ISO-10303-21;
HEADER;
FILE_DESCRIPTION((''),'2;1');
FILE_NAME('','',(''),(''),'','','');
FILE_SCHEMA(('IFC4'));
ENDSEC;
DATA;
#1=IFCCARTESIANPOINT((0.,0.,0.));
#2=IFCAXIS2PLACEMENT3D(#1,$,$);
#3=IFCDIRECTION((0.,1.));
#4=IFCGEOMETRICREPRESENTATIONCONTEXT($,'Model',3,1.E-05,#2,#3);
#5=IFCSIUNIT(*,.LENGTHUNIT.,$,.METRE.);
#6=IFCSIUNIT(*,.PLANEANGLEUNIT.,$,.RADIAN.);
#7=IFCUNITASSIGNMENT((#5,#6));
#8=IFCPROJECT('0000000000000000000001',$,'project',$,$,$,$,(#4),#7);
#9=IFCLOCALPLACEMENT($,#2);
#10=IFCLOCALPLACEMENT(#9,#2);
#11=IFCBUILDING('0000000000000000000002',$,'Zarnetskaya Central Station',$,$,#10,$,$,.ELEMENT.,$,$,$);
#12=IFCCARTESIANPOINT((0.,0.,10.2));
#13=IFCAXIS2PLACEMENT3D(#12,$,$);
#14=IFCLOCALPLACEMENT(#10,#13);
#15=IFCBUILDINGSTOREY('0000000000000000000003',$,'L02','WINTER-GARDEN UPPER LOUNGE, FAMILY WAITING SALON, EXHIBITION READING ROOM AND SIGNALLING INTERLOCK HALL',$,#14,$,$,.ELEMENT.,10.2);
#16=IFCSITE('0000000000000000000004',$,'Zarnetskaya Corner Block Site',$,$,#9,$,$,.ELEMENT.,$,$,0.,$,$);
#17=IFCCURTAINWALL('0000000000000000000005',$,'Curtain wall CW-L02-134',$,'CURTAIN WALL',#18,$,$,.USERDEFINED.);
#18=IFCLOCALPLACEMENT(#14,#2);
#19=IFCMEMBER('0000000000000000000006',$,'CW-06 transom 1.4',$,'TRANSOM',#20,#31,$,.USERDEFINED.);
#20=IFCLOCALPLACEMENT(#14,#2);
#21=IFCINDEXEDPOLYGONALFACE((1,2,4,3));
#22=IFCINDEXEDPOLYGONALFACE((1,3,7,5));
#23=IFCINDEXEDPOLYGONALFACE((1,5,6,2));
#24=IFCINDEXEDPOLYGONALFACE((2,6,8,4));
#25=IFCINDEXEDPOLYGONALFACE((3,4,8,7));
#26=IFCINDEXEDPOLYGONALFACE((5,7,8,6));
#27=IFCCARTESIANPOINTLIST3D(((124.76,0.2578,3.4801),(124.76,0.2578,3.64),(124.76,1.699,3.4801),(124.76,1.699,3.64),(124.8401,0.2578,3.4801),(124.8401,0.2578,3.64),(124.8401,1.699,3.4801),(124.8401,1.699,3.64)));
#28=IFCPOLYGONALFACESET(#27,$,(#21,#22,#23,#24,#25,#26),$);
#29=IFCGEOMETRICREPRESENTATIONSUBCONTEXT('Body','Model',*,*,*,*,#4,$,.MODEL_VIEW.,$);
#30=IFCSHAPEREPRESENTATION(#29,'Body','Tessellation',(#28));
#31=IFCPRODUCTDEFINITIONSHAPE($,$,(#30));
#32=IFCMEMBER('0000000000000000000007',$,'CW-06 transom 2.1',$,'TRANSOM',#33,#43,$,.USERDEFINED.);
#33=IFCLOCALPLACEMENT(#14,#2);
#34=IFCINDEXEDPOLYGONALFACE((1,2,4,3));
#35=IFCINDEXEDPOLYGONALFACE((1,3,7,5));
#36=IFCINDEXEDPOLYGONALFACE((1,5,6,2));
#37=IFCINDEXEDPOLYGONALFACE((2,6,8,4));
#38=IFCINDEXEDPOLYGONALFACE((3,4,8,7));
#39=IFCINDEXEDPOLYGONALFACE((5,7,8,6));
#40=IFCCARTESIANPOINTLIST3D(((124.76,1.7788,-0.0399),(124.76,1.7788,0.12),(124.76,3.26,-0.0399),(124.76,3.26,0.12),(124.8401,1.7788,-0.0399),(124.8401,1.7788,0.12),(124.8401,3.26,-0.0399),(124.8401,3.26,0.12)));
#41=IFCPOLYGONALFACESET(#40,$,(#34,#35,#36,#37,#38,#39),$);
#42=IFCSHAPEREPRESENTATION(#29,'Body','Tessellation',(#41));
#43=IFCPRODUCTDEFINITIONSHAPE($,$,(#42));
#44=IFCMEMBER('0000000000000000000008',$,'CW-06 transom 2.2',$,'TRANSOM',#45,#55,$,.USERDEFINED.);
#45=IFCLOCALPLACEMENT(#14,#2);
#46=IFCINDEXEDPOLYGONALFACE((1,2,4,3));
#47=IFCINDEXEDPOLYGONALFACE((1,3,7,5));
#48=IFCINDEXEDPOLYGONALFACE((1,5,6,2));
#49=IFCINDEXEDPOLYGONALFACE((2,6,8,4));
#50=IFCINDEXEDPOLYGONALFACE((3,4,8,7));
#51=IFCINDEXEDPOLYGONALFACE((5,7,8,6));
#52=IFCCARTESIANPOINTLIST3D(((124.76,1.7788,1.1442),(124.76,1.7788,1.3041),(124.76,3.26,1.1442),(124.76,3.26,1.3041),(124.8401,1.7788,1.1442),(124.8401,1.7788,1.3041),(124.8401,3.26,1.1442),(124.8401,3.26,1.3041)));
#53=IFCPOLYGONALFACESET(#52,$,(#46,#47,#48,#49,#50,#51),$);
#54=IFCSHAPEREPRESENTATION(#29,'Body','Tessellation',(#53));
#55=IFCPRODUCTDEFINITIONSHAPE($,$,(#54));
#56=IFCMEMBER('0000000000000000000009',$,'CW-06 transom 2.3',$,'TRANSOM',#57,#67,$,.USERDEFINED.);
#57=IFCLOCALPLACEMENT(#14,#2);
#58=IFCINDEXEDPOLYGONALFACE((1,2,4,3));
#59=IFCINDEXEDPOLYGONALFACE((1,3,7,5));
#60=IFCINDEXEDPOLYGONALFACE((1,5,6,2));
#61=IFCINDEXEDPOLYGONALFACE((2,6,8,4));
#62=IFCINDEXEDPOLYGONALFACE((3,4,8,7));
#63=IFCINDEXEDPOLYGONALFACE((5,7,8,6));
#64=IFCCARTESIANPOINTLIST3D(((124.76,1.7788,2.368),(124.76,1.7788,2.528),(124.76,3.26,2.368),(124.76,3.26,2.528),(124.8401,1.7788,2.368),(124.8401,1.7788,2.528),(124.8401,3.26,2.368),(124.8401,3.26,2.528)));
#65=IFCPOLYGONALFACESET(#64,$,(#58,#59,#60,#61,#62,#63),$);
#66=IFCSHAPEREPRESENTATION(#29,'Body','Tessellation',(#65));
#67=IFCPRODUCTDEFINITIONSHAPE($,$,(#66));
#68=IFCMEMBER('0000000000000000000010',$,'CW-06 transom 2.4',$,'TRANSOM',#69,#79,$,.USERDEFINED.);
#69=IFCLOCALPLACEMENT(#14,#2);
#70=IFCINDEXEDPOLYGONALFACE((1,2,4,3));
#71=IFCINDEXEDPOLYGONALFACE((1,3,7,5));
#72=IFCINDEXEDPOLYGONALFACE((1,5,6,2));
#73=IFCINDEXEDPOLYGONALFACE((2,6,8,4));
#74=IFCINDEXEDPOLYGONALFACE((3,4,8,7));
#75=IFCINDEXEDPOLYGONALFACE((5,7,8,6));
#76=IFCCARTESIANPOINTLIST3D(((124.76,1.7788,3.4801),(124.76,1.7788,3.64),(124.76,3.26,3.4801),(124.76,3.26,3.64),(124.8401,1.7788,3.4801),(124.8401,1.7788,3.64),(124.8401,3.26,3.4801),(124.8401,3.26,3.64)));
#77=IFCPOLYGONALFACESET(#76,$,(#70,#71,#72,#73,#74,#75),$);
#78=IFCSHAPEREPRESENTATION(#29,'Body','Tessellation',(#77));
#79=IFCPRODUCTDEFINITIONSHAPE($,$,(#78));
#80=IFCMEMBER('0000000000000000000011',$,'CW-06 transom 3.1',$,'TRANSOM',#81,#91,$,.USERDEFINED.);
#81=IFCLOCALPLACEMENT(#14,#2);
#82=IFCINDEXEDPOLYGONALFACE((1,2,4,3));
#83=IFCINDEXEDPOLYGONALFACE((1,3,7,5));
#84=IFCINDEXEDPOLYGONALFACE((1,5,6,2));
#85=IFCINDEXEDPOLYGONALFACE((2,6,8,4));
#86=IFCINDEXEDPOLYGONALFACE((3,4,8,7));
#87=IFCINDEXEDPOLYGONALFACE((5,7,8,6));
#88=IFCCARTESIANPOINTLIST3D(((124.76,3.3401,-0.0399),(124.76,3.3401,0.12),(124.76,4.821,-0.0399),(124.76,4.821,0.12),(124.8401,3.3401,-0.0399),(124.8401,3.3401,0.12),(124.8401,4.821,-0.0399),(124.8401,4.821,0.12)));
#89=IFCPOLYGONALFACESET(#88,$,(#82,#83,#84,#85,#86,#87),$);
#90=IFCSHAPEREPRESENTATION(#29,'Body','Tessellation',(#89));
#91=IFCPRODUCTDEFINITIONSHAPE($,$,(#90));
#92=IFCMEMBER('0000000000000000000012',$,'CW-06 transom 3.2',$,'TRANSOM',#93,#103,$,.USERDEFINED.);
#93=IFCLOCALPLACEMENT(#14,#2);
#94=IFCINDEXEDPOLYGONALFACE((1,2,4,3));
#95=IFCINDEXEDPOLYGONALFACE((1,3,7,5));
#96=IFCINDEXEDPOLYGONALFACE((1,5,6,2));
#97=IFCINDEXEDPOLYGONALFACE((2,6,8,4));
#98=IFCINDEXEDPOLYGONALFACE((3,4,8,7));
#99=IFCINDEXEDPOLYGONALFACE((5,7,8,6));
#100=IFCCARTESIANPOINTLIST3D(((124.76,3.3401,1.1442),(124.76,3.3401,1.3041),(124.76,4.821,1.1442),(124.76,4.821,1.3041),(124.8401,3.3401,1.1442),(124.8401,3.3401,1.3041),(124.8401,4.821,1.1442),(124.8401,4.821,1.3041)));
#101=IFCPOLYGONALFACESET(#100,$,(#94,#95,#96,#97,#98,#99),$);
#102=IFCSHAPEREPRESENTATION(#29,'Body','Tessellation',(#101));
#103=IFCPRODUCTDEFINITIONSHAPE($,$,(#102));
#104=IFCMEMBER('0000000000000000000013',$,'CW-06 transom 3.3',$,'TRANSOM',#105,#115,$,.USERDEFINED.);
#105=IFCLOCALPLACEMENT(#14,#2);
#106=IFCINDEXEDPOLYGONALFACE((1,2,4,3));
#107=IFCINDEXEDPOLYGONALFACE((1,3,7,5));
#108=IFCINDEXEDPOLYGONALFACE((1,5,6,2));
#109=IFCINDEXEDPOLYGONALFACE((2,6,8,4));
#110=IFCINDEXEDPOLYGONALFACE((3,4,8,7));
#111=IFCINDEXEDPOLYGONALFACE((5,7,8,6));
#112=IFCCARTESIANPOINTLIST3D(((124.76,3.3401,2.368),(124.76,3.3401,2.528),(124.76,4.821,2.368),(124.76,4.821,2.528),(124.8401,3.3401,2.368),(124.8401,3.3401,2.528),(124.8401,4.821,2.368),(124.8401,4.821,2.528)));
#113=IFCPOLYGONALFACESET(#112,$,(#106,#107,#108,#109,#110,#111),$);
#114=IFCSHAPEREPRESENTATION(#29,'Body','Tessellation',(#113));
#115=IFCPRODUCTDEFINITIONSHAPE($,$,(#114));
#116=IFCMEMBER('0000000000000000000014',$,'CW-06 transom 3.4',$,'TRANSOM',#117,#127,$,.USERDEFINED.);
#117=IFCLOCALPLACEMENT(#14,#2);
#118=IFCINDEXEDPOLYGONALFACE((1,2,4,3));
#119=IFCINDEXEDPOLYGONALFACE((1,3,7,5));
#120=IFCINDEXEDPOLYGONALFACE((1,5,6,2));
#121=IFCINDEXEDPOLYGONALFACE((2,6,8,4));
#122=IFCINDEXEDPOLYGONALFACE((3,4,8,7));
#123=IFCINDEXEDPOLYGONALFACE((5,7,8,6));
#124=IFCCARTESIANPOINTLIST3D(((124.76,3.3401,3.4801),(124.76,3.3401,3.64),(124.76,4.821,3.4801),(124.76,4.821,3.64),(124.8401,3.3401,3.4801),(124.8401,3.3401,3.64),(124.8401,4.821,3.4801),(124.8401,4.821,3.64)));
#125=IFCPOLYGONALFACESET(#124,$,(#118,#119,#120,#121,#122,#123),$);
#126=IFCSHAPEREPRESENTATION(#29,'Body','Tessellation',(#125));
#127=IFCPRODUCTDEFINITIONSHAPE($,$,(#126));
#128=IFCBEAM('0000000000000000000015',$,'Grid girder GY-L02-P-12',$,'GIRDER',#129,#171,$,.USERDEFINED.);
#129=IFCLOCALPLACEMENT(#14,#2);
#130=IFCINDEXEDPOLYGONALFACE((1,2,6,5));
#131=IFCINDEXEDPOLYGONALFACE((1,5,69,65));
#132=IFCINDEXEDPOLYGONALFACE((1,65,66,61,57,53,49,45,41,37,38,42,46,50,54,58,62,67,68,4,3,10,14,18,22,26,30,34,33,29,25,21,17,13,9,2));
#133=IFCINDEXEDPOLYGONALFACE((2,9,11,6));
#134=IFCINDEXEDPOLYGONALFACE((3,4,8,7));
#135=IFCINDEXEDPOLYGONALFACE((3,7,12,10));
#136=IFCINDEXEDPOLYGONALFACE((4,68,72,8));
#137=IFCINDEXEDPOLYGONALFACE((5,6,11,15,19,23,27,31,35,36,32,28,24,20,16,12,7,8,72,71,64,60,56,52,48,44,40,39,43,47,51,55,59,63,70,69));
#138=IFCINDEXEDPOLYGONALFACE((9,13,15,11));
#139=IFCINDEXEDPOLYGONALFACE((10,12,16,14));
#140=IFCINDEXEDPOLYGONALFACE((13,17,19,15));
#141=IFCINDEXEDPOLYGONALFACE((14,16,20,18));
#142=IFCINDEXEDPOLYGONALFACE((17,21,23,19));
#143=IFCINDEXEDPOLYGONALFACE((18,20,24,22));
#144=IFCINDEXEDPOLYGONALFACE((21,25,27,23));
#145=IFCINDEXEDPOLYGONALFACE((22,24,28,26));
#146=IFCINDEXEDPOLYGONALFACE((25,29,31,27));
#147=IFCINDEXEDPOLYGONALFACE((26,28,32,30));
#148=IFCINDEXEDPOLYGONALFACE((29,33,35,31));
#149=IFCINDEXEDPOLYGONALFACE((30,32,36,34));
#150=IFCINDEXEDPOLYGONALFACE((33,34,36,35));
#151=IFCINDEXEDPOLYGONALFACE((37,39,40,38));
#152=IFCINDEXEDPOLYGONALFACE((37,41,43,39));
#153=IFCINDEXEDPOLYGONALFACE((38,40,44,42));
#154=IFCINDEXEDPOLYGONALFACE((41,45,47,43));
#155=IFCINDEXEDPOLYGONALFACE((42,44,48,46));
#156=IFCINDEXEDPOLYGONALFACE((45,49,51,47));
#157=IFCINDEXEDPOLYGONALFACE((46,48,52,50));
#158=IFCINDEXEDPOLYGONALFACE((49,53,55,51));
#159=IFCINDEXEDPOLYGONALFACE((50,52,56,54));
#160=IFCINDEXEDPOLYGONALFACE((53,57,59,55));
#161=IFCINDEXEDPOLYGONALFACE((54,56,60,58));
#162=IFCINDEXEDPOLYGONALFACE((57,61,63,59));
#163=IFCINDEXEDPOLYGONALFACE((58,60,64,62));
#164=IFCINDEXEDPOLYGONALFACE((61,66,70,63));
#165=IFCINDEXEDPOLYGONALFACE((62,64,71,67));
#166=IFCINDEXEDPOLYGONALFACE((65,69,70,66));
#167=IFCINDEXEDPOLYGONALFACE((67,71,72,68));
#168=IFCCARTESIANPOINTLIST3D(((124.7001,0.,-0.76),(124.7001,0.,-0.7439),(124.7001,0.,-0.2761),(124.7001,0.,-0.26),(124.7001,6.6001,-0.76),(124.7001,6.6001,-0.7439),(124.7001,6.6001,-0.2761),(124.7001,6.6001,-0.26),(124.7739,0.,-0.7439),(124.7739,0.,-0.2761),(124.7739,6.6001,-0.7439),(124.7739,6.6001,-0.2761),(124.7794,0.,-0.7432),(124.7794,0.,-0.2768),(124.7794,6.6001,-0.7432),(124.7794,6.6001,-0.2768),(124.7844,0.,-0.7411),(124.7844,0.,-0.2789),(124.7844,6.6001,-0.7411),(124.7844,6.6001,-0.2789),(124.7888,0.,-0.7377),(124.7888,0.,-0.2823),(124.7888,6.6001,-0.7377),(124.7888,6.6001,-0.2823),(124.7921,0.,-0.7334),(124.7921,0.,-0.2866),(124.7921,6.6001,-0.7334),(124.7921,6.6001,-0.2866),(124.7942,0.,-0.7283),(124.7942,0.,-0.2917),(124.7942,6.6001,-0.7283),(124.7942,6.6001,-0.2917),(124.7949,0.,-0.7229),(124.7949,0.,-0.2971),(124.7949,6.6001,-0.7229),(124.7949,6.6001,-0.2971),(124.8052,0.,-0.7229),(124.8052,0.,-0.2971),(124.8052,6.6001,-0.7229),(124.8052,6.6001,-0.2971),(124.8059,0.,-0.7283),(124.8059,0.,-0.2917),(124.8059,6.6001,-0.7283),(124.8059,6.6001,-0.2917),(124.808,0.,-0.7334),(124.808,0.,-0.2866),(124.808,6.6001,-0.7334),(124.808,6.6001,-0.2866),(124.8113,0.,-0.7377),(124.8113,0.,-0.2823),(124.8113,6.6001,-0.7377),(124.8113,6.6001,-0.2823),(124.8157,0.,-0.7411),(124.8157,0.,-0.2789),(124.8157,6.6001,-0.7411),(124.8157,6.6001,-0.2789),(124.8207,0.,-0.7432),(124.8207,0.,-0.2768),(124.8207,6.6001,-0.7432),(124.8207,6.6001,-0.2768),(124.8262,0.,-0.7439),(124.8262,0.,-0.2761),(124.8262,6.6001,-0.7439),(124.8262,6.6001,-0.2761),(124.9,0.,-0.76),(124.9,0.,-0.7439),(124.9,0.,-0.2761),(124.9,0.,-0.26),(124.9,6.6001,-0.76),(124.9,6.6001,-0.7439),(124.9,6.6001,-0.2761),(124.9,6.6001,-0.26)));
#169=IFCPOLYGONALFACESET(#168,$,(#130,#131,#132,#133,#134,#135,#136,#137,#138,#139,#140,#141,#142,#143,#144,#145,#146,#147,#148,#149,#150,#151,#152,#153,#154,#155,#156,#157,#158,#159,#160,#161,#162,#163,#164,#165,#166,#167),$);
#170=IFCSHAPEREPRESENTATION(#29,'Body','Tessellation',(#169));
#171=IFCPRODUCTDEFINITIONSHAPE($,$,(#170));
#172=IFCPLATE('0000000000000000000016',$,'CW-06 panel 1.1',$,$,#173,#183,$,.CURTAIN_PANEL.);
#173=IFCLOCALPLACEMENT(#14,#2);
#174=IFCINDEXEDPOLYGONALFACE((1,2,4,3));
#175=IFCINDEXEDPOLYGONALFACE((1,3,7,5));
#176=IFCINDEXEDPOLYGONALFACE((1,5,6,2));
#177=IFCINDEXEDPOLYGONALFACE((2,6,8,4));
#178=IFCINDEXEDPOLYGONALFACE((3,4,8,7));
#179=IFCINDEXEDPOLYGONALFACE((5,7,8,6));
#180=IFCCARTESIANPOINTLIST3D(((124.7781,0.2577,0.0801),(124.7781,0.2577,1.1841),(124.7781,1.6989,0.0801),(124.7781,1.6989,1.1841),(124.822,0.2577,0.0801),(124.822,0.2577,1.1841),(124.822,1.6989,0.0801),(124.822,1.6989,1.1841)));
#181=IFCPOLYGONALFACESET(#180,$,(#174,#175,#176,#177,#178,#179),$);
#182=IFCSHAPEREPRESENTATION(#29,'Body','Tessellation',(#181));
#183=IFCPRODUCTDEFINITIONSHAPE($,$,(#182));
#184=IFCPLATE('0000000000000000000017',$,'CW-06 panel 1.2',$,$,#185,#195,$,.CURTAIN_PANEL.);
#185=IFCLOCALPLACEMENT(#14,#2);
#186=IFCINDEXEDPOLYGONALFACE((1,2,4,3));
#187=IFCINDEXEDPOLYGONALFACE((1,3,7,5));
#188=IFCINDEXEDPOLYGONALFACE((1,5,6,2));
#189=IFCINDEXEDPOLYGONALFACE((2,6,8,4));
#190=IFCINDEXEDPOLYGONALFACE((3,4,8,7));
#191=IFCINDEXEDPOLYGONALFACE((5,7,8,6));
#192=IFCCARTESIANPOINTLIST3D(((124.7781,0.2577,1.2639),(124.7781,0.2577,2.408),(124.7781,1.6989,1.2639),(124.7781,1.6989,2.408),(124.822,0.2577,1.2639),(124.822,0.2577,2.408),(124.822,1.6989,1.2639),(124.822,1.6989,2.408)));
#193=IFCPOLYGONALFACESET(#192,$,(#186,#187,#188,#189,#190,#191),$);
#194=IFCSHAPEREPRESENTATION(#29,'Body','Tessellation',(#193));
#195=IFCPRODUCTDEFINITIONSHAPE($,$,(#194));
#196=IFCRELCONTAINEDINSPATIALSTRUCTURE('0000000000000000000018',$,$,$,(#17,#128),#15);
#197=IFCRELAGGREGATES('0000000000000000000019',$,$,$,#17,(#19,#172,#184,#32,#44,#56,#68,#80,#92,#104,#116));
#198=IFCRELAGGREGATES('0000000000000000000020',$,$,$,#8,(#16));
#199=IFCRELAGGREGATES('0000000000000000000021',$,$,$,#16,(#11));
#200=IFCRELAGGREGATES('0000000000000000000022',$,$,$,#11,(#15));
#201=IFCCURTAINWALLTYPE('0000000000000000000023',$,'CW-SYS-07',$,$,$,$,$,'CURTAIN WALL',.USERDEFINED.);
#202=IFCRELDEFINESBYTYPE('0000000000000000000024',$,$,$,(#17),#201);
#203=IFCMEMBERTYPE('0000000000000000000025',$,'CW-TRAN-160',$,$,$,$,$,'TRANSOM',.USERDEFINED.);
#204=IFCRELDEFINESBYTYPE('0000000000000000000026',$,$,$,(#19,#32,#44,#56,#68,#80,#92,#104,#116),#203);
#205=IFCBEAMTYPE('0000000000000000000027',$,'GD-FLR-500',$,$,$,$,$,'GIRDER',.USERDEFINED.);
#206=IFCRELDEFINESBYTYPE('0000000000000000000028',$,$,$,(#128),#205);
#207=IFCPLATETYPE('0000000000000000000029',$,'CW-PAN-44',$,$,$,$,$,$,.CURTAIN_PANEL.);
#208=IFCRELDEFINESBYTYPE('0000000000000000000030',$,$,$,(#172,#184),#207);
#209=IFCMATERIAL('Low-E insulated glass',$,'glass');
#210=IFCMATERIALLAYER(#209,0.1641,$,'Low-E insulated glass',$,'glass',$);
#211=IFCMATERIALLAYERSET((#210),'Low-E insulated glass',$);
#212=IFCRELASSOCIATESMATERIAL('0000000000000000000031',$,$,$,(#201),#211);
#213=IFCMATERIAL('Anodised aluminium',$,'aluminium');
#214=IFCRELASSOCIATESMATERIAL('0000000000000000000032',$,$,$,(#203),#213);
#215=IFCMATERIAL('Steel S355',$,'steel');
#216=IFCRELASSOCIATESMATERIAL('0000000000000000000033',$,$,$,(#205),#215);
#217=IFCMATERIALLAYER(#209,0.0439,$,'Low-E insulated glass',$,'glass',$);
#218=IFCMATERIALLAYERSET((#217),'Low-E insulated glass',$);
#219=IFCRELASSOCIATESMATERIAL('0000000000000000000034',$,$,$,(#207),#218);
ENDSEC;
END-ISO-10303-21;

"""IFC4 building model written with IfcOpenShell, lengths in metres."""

from ifc_helpers import new_model, si_unit, direction, frame, origin, origin_2d, place, context, subcontext, project, spatial, rectangle, i_section, extrude, material, layer, layer_set, material_profile, profile_set, type_object, element, aggregate, save


model = new_model("IFC4")

# Units and contexts
model_context = context("Model", 3, precision=1e-05, world=origin(), true_north=direction((0.0, 1.0)))
body_context = subcontext(model_context, "Body", "Model", "MODEL_VIEW")
ifc_project = project(units=[si_unit("LENGTHUNIT", "METRE"), si_unit("PLANEANGLEUNIT", "RADIAN")], contexts=[model_context])

# Site, building, storey
site_placement = place(None, origin())
site = spatial("IfcSite", under=ifc_project, at=site_placement, Name="Zarnetskaya Corner Block Site", CompositionType="ELEMENT", RefElevation=0.0)
building_placement = place(site_placement, origin())
building = spatial("IfcBuilding", under=site, at=building_placement, Name="Zarnetskaya Central Station", CompositionType="ELEMENT")
storey_placement = place(building_placement, frame((0.0, 0.0, 10.2)))
storey = spatial("IfcBuildingStorey", under=building, at=storey_placement, Name="L02", Description="WINTER-GARDEN UPPER LOUNGE, FAMILY WAITING SALON, EXHIBITION READING ROOM AND SIGNALLING INTERLOCK HALL", CompositionType="ELEMENT", Elevation=10.2)

# Shared definitions
ifc_material_1 = material(Name="Steel S355", Category="steel")

# Curtain wall, members
ifc_material_2 = material(Name="Low-E insulated glass", Category="glass")
ifc_layer_1 = layer(ifc_material_2, 0.1641, Name="Low-E insulated glass", Category="glass")
ifc_layer_set_1 = layer_set([ifc_layer_1], Name="Low-E insulated glass")
curtain_wall_type = type_object("IfcCurtainWallType", Name="CW-SYS-07", ElementType="CURTAIN WALL", PredefinedType="USERDEFINED", material=ifc_layer_set_1)
curtain_wall_placement = place(storey_placement, origin())
curtain_wall = element("IfcCurtainWall", 1, at=curtain_wall_placement, inside=storey, type_object=curtain_wall_type, Name="Curtain wall CW-L02-134", ObjectType="CURTAIN WALL", PredefinedType="USERDEFINED")
ifc_material_3 = material(Name="Anodised aluminium", Category="aluminium")
ifc_material_profile_1 = material_profile(ifc_material_3, rectangle(XDim=0.0801, YDim=0.1599, at=origin_2d()), Name="ALU TRAN 80x160")
ifc_profile_set_1 = profile_set([ifc_material_profile_1], Name="Anodised aluminium")
member_type_1 = type_object("IfcMemberType", Name="CW-TRAN-160", ElementType="TRANSOM", PredefinedType="USERDEFINED", material=ifc_profile_set_1)
member_1_placement = place(storey_placement, frame((124.8, 0.2578, 3.5601), z_axis=(0.0, 1.0, 0.0), x_axis=(-1.0, 0.0, 0.0)))
member_1 = element("IfcMember", 2, at=member_1_placement, type_object=member_type_1, Name="CW-06 transom 1.4", ObjectType="TRANSOM", PredefinedType="USERDEFINED", context=body_context, shape_type="SweptSolid", body=[
    extrude(rectangle(XDim=0.0801, YDim=0.1599, at=origin_2d()), origin(), (0.0, 0.0, 1.0), 1.4412),
])
member_2_placement = place(storey_placement, frame((124.8, 1.7788, 0.04), z_axis=(0.0, 1.0, 0.0), x_axis=(-1.0, 0.0, 0.0)))
member_2 = element("IfcMember", 3, at=member_2_placement, type_object=member_type_1, Name="CW-06 transom 2.1", ObjectType="TRANSOM", PredefinedType="USERDEFINED", context=body_context, shape_type="SweptSolid", body=[
    extrude(rectangle(XDim=0.0801, YDim=0.1599, at=origin_2d()), origin(), (0.0, 0.0, 1.0), 1.4812),
])
member_3_placement = place(storey_placement, frame((124.8, 1.7788, 1.2241), z_axis=(0.0, 1.0, 0.0), x_axis=(-1.0, 0.0, 0.0)))
member_3 = element("IfcMember", 4, at=member_3_placement, type_object=member_type_1, Name="CW-06 transom 2.2", ObjectType="TRANSOM", PredefinedType="USERDEFINED", context=body_context, shape_type="SweptSolid", body=[
    extrude(rectangle(XDim=0.0801, YDim=0.1599, at=origin_2d()), origin(), (0.0, 0.0, 1.0), 1.4812),
])
member_4_placement = place(storey_placement, frame((124.8, 1.7788, 2.448), z_axis=(0.0, 1.0, 0.0), x_axis=(-1.0, 0.0, 0.0)))
member_4 = element("IfcMember", 5, at=member_4_placement, type_object=member_type_1, Name="CW-06 transom 2.3", ObjectType="TRANSOM", PredefinedType="USERDEFINED", context=body_context, shape_type="SweptSolid", body=[
    extrude(rectangle(XDim=0.0801, YDim=0.1599, at=origin_2d()), origin(), (0.0, 0.0, 1.0), 1.4812),
])
member_5_placement = place(storey_placement, frame((124.8, 1.7788, 3.5601), z_axis=(0.0, 1.0, 0.0), x_axis=(-1.0, 0.0, 0.0)))
member_5 = element("IfcMember", 6, at=member_5_placement, type_object=member_type_1, Name="CW-06 transom 2.4", ObjectType="TRANSOM", PredefinedType="USERDEFINED", context=body_context, shape_type="SweptSolid", body=[
    extrude(rectangle(XDim=0.0801, YDim=0.1599, at=origin_2d()), origin(), (0.0, 0.0, 1.0), 1.4812),
])
member_6_placement = place(storey_placement, frame((124.8, 3.3401, 0.04), z_axis=(0.0, 1.0, 0.0), x_axis=(-1.0, 0.0, 0.0)))
member_6 = element("IfcMember", 7, at=member_6_placement, type_object=member_type_1, Name="CW-06 transom 3.1", ObjectType="TRANSOM", PredefinedType="USERDEFINED", context=body_context, shape_type="SweptSolid", body=[
    extrude(rectangle(XDim=0.0801, YDim=0.1599, at=origin_2d()), origin(), (0.0, 0.0, 1.0), 1.481),
])
member_7_placement = place(storey_placement, frame((124.8, 3.3401, 1.2241), z_axis=(0.0, 1.0, 0.0), x_axis=(-1.0, 0.0, 0.0)))
member_7 = element("IfcMember", 8, at=member_7_placement, type_object=member_type_1, Name="CW-06 transom 3.2", ObjectType="TRANSOM", PredefinedType="USERDEFINED", context=body_context, shape_type="SweptSolid", body=[
    extrude(rectangle(XDim=0.0801, YDim=0.1599, at=origin_2d()), origin(), (0.0, 0.0, 1.0), 1.481),
])
member_8_placement = place(storey_placement, frame((124.8, 3.3401, 2.448), z_axis=(0.0, 1.0, 0.0), x_axis=(-1.0, 0.0, 0.0)))
member_8 = element("IfcMember", 9, at=member_8_placement, type_object=member_type_1, Name="CW-06 transom 3.3", ObjectType="TRANSOM", PredefinedType="USERDEFINED", context=body_context, shape_type="SweptSolid", body=[
    extrude(rectangle(XDim=0.0801, YDim=0.1599, at=origin_2d()), origin(), (0.0, 0.0, 1.0), 1.481),
])
member_9_placement = place(storey_placement, frame((124.8, 3.3401, 3.5601), z_axis=(0.0, 1.0, 0.0), x_axis=(-1.0, 0.0, 0.0)))
member_9 = element("IfcMember", 10, at=member_9_placement, type_object=member_type_1, Name="CW-06 transom 3.4", ObjectType="TRANSOM", PredefinedType="USERDEFINED", context=body_context, shape_type="SweptSolid", body=[
    extrude(rectangle(XDim=0.0801, YDim=0.1599, at=origin_2d()), origin(), (0.0, 0.0, 1.0), 1.481),
])

# Beam
ifc_material_profile_2 = material_profile(ifc_material_1, i_section(OverallWidth=0.2, OverallDepth=0.5, WebThickness=0.0103, FlangeThickness=0.0161, FilletRadius=0.021, at=origin_2d()), Name="IPE 500")
ifc_profile_set_2 = profile_set([ifc_material_profile_2], Name="Steel S355")
beam_type_1 = type_object("IfcBeamType", Name="GD-FLR-500", ElementType="GIRDER", PredefinedType="USERDEFINED", material=ifc_profile_set_2)
beam_1_placement = place(storey_placement, frame((124.8, 0.0, -0.51), z_axis=(0.0, 1.0, 0.0), x_axis=(-1.0, 0.0, 0.0)))
element("IfcBeam", 11, at=beam_1_placement, inside=storey, type_object=beam_type_1, Name="Grid girder GY-L02-P-12", ObjectType="GIRDER", PredefinedType="USERDEFINED", context=body_context, shape_type="SweptSolid", body=[
    extrude(i_section(OverallWidth=0.2, OverallDepth=0.5, WebThickness=0.0103, FlangeThickness=0.0161, FilletRadius=0.021, at=origin_2d()), origin(), (0.0, 0.0, 1.0), 6.6001),
])

# Plates
ifc_layer_2 = layer(ifc_material_2, 0.0439, Name="Low-E insulated glass", Category="glass")
ifc_layer_set_2 = layer_set([ifc_layer_2], Name="Low-E insulated glass")
plate_type_1 = type_object("IfcPlateType", Name="CW-PAN-44", PredefinedType="CURTAIN_PANEL", material=ifc_layer_set_2)
plate_1_placement = place(storey_placement, frame((124.8, 0.9783, 0.0801), z_axis=(0.0, 0.0, 1.0), x_axis=(0.0, 1.0, 0.0)))
plate_1 = element("IfcPlate", 12, at=plate_1_placement, type_object=plate_type_1, Name="CW-06 panel 1.1", PredefinedType="CURTAIN_PANEL", context=body_context, shape_type="SweptSolid", body=[
    extrude(rectangle(XDim=1.4412, YDim=0.0439, at=origin_2d()), origin(), (0.0, 0.0, 1.0), 1.104),
])
plate_2_placement = place(storey_placement, frame((124.8, 0.9783, 1.2639), z_axis=(0.0, 0.0, 1.0), x_axis=(0.0, 1.0, 0.0)))
plate_2 = element("IfcPlate", 13, at=plate_2_placement, type_object=plate_type_1, Name="CW-06 panel 1.2", PredefinedType="CURTAIN_PANEL", context=body_context, shape_type="SweptSolid", body=[
    extrude(rectangle(XDim=1.4412, YDim=0.0439, at=origin_2d()), origin(), (0.0, 0.0, 1.0), 1.144),
])
aggregate(curtain_wall, [member_1, plate_1, plate_2, member_2, member_3, member_4, member_5, member_6, member_7, member_8, member_9])

save(model, "model.ifc")
